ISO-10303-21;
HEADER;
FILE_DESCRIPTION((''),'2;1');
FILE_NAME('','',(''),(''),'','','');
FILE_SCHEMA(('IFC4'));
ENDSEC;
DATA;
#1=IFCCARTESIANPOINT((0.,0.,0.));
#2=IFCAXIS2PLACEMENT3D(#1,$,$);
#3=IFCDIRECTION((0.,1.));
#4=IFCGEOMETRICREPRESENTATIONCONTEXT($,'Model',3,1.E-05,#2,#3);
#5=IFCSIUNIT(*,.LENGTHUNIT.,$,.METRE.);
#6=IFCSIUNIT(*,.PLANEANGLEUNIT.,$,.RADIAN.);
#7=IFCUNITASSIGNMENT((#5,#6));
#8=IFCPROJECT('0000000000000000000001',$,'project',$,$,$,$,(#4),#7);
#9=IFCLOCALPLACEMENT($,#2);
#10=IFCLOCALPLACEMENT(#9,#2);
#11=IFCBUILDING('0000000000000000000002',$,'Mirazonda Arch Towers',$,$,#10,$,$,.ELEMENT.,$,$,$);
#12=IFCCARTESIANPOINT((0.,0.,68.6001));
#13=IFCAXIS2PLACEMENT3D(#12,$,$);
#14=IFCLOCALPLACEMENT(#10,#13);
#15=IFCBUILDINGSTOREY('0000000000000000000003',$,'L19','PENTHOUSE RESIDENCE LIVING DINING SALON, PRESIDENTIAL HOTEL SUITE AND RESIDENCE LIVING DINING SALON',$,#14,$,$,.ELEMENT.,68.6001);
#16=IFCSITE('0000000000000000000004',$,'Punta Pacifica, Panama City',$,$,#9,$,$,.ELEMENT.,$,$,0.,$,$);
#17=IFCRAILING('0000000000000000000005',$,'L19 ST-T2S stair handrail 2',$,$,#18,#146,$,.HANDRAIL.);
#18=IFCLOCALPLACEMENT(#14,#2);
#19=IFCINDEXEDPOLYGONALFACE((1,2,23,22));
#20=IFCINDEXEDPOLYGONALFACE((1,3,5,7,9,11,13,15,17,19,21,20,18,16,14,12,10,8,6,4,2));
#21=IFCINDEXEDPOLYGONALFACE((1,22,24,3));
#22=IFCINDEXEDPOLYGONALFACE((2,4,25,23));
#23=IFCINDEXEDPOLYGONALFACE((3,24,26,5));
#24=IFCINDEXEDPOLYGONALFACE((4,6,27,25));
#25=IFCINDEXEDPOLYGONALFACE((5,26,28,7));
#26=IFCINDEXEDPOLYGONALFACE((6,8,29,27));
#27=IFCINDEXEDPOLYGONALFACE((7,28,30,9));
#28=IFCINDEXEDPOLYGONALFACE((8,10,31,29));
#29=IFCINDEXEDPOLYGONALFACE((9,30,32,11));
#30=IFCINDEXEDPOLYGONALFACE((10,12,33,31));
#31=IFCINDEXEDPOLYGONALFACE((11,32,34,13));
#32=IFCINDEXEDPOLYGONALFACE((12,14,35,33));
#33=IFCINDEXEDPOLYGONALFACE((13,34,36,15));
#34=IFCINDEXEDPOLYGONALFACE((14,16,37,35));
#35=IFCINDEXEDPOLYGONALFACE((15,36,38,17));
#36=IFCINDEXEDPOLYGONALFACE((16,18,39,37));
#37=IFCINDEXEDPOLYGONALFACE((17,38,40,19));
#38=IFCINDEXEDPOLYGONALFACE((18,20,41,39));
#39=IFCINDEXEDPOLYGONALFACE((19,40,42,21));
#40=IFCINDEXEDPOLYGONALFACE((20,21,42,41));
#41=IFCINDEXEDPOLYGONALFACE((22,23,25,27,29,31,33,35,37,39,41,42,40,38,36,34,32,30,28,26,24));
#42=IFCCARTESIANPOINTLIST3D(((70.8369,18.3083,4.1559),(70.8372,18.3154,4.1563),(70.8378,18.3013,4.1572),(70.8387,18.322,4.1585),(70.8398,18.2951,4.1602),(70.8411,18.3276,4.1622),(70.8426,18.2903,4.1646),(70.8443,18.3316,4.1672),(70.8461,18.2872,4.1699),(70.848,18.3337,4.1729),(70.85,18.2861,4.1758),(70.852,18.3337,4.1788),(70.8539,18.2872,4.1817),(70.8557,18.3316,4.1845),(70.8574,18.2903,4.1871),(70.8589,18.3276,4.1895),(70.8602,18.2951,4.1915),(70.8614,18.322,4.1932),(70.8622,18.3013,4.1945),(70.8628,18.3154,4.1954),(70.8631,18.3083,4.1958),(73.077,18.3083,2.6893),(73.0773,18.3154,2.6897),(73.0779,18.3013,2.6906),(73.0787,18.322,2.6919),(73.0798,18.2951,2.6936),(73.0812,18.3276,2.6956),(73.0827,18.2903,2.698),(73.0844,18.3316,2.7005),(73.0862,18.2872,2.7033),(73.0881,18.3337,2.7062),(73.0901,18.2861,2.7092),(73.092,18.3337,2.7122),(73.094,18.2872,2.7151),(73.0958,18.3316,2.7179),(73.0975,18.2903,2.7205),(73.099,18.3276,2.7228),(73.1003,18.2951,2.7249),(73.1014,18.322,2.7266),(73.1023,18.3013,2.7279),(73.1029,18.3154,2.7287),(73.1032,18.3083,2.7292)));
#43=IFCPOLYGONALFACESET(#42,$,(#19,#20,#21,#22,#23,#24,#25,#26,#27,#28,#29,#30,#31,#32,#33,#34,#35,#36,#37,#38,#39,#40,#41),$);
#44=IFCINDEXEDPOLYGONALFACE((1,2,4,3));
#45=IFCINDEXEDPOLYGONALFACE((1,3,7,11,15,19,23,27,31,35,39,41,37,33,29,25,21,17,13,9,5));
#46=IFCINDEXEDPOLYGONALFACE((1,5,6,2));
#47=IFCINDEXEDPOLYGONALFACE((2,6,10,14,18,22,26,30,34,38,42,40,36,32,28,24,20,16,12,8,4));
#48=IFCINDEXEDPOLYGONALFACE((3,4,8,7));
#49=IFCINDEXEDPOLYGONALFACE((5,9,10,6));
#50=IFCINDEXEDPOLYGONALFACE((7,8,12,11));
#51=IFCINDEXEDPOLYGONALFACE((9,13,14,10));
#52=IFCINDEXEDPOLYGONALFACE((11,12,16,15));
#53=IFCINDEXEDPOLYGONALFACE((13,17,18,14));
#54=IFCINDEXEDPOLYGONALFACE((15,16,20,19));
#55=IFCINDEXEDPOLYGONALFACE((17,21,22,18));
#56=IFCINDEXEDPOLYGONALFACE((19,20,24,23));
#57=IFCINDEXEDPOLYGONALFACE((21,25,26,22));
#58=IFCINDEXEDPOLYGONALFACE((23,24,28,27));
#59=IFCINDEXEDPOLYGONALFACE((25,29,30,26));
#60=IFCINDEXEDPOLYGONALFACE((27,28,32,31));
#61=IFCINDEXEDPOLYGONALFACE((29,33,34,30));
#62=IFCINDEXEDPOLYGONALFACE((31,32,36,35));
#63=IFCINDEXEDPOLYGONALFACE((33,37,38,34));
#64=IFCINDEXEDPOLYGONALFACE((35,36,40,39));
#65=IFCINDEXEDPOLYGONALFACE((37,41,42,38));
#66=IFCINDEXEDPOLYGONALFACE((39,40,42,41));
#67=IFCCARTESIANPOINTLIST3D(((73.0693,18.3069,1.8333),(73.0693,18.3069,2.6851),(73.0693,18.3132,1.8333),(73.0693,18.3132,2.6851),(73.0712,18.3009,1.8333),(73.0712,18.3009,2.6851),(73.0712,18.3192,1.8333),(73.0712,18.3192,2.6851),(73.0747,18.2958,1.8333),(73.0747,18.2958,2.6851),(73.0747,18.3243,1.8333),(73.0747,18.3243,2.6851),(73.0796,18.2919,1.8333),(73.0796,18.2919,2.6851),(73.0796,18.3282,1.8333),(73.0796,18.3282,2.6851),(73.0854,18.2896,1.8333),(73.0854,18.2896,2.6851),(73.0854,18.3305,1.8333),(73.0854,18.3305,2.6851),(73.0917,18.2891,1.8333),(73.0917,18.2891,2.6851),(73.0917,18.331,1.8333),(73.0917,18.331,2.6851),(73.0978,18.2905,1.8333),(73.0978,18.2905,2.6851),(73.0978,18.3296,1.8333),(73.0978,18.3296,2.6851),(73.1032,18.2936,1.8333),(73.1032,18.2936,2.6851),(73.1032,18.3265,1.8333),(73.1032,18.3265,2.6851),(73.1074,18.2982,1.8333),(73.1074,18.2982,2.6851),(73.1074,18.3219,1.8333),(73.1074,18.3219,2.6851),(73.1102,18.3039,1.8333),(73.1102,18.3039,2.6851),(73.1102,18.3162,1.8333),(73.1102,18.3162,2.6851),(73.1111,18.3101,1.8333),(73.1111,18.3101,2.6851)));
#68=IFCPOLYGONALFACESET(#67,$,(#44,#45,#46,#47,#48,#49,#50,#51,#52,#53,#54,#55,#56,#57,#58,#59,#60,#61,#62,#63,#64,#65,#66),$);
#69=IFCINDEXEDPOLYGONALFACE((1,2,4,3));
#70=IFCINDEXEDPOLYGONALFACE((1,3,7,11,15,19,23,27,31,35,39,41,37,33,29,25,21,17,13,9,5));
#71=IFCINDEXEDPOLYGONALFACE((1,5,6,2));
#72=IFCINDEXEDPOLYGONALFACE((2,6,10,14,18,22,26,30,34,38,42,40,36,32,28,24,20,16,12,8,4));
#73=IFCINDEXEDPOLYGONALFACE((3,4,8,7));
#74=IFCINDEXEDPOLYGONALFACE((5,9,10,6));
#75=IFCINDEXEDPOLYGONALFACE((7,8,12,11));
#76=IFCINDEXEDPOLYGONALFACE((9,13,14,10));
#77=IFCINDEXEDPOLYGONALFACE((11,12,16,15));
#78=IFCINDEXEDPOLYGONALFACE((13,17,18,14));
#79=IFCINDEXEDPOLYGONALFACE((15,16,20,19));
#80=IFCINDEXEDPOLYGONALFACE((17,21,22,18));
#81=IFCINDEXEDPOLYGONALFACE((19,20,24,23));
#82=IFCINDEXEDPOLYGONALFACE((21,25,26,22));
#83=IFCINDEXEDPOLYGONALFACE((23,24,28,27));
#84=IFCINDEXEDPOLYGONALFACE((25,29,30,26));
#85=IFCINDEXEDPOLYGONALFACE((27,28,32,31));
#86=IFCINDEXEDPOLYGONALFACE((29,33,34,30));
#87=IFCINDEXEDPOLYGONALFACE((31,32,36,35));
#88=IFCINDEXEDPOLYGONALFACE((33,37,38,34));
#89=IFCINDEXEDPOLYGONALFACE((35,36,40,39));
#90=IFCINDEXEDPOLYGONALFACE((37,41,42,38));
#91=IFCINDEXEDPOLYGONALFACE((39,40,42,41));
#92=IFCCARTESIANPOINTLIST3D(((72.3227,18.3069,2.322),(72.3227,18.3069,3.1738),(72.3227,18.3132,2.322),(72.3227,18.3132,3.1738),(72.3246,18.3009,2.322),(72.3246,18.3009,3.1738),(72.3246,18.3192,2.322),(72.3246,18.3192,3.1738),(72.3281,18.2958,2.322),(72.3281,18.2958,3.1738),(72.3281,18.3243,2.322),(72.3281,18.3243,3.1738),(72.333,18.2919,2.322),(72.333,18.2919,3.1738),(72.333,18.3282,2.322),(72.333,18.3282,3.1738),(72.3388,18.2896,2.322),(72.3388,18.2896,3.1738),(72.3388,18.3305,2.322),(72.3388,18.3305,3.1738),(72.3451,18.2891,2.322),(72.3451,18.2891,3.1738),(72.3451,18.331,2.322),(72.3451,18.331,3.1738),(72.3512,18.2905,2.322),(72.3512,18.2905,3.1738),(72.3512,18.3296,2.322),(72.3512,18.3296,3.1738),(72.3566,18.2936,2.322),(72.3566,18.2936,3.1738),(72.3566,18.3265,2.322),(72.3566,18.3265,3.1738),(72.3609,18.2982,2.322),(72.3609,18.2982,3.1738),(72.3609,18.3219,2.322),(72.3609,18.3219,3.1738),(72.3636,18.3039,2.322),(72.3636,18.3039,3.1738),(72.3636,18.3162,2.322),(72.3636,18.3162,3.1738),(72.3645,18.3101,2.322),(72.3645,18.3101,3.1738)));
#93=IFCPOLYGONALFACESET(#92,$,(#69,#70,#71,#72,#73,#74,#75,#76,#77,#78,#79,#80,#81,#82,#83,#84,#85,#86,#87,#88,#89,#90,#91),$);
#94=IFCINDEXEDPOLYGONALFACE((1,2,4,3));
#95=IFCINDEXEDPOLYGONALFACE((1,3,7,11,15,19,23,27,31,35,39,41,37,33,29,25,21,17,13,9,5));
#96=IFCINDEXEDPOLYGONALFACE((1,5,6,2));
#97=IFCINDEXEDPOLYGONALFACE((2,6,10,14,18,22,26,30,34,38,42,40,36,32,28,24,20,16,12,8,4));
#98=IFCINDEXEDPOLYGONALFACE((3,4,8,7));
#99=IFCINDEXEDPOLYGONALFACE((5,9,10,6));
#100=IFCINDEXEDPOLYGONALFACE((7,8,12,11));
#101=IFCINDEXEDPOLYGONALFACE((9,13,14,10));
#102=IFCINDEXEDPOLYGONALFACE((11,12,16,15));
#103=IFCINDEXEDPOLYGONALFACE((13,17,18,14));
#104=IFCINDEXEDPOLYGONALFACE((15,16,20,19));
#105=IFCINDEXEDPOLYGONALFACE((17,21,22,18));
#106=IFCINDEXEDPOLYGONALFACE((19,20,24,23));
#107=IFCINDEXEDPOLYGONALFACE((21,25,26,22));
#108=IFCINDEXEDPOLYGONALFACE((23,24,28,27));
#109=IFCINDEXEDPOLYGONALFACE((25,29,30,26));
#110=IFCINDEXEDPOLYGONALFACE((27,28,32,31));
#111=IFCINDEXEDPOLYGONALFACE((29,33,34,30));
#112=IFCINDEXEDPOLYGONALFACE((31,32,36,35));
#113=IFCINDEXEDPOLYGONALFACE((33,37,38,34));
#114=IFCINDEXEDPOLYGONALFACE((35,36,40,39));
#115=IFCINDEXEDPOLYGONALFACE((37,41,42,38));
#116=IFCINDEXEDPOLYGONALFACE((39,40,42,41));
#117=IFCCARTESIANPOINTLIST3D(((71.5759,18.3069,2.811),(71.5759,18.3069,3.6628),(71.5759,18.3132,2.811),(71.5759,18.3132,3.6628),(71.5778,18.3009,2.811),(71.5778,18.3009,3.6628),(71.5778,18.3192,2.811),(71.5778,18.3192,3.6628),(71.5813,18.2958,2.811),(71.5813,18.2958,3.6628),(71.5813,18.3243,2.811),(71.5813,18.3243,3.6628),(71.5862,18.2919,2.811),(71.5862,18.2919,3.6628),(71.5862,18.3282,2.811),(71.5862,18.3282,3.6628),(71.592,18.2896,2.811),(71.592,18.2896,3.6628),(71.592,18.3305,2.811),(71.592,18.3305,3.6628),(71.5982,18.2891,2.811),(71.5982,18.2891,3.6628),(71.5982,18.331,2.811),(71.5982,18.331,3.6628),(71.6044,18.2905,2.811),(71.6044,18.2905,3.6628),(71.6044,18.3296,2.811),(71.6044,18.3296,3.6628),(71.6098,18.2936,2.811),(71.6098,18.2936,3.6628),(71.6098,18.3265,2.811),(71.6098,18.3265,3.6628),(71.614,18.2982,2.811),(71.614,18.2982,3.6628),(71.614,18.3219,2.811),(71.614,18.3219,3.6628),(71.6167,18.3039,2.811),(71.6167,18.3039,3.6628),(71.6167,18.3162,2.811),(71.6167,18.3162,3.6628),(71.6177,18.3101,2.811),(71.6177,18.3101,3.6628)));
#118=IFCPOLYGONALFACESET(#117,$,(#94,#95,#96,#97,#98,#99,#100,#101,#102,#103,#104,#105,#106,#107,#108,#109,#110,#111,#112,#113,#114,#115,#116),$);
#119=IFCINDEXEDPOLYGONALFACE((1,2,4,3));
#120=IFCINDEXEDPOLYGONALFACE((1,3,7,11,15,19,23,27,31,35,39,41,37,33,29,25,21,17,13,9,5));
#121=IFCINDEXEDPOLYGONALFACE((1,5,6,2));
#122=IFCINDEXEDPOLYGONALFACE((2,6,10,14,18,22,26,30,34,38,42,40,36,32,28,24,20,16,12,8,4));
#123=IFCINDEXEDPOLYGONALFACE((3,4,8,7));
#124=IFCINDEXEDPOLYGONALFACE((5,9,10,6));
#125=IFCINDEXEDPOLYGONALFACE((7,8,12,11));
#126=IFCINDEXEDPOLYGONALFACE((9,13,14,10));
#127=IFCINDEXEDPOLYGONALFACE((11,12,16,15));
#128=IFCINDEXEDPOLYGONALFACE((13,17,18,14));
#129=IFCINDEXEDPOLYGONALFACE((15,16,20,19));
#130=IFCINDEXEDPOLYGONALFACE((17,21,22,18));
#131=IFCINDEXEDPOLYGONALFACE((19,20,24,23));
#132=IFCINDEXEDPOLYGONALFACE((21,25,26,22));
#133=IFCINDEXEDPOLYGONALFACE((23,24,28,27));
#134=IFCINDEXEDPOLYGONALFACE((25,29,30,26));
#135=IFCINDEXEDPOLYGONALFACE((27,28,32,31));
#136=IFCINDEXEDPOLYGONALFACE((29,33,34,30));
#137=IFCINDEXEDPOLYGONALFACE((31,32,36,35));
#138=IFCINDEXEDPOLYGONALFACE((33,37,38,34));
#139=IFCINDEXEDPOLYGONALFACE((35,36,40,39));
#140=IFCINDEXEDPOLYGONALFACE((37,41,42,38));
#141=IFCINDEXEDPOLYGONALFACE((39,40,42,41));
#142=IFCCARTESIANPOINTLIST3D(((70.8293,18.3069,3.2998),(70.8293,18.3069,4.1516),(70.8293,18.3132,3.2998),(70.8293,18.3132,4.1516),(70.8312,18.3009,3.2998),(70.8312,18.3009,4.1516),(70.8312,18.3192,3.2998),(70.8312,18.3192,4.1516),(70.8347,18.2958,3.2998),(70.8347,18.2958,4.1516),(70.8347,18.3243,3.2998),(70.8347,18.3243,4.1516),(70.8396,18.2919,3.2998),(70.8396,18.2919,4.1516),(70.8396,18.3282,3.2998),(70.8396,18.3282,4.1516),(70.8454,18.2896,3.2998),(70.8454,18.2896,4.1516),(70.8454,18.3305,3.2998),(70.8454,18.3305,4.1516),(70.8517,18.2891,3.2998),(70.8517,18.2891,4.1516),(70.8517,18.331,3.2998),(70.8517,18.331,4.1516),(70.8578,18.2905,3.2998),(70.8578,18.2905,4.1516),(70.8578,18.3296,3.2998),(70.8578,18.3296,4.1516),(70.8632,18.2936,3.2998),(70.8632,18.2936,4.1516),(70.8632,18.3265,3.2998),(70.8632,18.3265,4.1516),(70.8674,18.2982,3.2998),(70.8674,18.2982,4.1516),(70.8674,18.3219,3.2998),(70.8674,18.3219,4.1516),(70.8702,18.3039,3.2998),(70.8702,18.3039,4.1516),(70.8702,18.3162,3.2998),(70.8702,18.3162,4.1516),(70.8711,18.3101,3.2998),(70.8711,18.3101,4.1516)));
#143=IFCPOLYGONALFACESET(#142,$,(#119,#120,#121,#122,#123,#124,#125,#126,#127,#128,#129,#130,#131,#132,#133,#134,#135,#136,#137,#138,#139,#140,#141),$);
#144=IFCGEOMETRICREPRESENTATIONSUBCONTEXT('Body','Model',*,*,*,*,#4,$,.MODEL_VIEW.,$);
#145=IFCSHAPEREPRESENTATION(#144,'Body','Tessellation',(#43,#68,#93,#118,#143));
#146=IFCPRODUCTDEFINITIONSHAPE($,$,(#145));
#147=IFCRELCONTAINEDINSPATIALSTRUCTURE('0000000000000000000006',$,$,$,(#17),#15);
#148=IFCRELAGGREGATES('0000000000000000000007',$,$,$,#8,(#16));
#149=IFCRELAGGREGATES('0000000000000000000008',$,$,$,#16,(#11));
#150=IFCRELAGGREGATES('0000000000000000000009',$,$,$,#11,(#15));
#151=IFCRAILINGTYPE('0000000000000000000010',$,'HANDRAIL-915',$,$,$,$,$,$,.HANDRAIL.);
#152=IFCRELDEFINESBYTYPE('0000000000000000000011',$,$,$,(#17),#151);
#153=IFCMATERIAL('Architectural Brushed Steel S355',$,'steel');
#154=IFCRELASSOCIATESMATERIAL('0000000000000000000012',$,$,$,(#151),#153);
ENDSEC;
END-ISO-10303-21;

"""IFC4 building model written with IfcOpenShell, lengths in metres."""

from ifc_helpers import new_model, si_unit, direction, frame, origin, origin_2d, place, context, subcontext, project, spatial, circle, extrude, material, type_object, element, save


model = new_model("IFC4")

# Units and contexts
model_context = context("Model", 3, precision=1e-05, world=origin(), true_north=direction((0.0, 1.0)))
body_context = subcontext(model_context, "Body", "Model", "MODEL_VIEW")
ifc_project = project(units=[si_unit("LENGTHUNIT", "METRE"), si_unit("PLANEANGLEUNIT", "RADIAN")], contexts=[model_context])

# Site, building, storey
site_placement = place(None, origin())
site = spatial("IfcSite", under=ifc_project, at=site_placement, Name="Punta Pacifica, Panama City", CompositionType="ELEMENT", RefElevation=0.0)
building_placement = place(site_placement, origin())
building = spatial("IfcBuilding", under=site, at=building_placement, Name="Mirazonda Arch Towers", CompositionType="ELEMENT")
storey_placement = place(building_placement, frame((0.0, 0.0, 68.6001)))
storey = spatial("IfcBuildingStorey", under=building, at=storey_placement, Name="L19", Description="PENTHOUSE RESIDENCE LIVING DINING SALON, PRESIDENTIAL HOTEL SUITE AND RESIDENCE LIVING DINING SALON", CompositionType="ELEMENT", Elevation=68.6001)

# Railing
ifc_material_1 = material(Name="Architectural Brushed Steel S355", Category="steel")
railing_type_1 = type_object("IfcRailingType", Name="HANDRAIL-915", PredefinedType="HANDRAIL", material=ifc_material_1)
railing_1_placement = place(storey_placement, frame((73.0901, 18.3101, 1.8333)))
element("IfcRailing", 1, at=railing_1_placement, inside=storey, type_object=railing_type_1, Name="L19 ST-T2S stair handrail 2", PredefinedType="HANDRAIL", context=body_context, shape_type="SweptSolid", body=[
    extrude(circle(Radius=0.0239, at=origin_2d()), frame((0.0, 0.0, 0.876), z_axis=(-0.836637, 0.0, 0.547758), x_axis=(0.0, -1.0, 0.0)), (0.0, 0.0, 1.0), 2.6775),
    extrude(circle(Radius=0.021, at=origin_2d()), origin(), (0.0, 0.0, 1.0), 0.8518),
    extrude(circle(Radius=0.021, at=origin_2d()), frame((-0.7466, 0.0, 0.4888)), (0.0, 0.0, 1.0), 0.8518),
    extrude(circle(Radius=0.021, at=origin_2d()), frame((-1.4934, 0.0, 0.9778)), (0.0, 0.0, 1.0), 0.8518),
    extrude(circle(Radius=0.021, at=origin_2d()), frame((-2.24, 0.0, 1.4666)), (0.0, 0.0, 1.0), 0.8518),
])

save(model, "model.ifc")
